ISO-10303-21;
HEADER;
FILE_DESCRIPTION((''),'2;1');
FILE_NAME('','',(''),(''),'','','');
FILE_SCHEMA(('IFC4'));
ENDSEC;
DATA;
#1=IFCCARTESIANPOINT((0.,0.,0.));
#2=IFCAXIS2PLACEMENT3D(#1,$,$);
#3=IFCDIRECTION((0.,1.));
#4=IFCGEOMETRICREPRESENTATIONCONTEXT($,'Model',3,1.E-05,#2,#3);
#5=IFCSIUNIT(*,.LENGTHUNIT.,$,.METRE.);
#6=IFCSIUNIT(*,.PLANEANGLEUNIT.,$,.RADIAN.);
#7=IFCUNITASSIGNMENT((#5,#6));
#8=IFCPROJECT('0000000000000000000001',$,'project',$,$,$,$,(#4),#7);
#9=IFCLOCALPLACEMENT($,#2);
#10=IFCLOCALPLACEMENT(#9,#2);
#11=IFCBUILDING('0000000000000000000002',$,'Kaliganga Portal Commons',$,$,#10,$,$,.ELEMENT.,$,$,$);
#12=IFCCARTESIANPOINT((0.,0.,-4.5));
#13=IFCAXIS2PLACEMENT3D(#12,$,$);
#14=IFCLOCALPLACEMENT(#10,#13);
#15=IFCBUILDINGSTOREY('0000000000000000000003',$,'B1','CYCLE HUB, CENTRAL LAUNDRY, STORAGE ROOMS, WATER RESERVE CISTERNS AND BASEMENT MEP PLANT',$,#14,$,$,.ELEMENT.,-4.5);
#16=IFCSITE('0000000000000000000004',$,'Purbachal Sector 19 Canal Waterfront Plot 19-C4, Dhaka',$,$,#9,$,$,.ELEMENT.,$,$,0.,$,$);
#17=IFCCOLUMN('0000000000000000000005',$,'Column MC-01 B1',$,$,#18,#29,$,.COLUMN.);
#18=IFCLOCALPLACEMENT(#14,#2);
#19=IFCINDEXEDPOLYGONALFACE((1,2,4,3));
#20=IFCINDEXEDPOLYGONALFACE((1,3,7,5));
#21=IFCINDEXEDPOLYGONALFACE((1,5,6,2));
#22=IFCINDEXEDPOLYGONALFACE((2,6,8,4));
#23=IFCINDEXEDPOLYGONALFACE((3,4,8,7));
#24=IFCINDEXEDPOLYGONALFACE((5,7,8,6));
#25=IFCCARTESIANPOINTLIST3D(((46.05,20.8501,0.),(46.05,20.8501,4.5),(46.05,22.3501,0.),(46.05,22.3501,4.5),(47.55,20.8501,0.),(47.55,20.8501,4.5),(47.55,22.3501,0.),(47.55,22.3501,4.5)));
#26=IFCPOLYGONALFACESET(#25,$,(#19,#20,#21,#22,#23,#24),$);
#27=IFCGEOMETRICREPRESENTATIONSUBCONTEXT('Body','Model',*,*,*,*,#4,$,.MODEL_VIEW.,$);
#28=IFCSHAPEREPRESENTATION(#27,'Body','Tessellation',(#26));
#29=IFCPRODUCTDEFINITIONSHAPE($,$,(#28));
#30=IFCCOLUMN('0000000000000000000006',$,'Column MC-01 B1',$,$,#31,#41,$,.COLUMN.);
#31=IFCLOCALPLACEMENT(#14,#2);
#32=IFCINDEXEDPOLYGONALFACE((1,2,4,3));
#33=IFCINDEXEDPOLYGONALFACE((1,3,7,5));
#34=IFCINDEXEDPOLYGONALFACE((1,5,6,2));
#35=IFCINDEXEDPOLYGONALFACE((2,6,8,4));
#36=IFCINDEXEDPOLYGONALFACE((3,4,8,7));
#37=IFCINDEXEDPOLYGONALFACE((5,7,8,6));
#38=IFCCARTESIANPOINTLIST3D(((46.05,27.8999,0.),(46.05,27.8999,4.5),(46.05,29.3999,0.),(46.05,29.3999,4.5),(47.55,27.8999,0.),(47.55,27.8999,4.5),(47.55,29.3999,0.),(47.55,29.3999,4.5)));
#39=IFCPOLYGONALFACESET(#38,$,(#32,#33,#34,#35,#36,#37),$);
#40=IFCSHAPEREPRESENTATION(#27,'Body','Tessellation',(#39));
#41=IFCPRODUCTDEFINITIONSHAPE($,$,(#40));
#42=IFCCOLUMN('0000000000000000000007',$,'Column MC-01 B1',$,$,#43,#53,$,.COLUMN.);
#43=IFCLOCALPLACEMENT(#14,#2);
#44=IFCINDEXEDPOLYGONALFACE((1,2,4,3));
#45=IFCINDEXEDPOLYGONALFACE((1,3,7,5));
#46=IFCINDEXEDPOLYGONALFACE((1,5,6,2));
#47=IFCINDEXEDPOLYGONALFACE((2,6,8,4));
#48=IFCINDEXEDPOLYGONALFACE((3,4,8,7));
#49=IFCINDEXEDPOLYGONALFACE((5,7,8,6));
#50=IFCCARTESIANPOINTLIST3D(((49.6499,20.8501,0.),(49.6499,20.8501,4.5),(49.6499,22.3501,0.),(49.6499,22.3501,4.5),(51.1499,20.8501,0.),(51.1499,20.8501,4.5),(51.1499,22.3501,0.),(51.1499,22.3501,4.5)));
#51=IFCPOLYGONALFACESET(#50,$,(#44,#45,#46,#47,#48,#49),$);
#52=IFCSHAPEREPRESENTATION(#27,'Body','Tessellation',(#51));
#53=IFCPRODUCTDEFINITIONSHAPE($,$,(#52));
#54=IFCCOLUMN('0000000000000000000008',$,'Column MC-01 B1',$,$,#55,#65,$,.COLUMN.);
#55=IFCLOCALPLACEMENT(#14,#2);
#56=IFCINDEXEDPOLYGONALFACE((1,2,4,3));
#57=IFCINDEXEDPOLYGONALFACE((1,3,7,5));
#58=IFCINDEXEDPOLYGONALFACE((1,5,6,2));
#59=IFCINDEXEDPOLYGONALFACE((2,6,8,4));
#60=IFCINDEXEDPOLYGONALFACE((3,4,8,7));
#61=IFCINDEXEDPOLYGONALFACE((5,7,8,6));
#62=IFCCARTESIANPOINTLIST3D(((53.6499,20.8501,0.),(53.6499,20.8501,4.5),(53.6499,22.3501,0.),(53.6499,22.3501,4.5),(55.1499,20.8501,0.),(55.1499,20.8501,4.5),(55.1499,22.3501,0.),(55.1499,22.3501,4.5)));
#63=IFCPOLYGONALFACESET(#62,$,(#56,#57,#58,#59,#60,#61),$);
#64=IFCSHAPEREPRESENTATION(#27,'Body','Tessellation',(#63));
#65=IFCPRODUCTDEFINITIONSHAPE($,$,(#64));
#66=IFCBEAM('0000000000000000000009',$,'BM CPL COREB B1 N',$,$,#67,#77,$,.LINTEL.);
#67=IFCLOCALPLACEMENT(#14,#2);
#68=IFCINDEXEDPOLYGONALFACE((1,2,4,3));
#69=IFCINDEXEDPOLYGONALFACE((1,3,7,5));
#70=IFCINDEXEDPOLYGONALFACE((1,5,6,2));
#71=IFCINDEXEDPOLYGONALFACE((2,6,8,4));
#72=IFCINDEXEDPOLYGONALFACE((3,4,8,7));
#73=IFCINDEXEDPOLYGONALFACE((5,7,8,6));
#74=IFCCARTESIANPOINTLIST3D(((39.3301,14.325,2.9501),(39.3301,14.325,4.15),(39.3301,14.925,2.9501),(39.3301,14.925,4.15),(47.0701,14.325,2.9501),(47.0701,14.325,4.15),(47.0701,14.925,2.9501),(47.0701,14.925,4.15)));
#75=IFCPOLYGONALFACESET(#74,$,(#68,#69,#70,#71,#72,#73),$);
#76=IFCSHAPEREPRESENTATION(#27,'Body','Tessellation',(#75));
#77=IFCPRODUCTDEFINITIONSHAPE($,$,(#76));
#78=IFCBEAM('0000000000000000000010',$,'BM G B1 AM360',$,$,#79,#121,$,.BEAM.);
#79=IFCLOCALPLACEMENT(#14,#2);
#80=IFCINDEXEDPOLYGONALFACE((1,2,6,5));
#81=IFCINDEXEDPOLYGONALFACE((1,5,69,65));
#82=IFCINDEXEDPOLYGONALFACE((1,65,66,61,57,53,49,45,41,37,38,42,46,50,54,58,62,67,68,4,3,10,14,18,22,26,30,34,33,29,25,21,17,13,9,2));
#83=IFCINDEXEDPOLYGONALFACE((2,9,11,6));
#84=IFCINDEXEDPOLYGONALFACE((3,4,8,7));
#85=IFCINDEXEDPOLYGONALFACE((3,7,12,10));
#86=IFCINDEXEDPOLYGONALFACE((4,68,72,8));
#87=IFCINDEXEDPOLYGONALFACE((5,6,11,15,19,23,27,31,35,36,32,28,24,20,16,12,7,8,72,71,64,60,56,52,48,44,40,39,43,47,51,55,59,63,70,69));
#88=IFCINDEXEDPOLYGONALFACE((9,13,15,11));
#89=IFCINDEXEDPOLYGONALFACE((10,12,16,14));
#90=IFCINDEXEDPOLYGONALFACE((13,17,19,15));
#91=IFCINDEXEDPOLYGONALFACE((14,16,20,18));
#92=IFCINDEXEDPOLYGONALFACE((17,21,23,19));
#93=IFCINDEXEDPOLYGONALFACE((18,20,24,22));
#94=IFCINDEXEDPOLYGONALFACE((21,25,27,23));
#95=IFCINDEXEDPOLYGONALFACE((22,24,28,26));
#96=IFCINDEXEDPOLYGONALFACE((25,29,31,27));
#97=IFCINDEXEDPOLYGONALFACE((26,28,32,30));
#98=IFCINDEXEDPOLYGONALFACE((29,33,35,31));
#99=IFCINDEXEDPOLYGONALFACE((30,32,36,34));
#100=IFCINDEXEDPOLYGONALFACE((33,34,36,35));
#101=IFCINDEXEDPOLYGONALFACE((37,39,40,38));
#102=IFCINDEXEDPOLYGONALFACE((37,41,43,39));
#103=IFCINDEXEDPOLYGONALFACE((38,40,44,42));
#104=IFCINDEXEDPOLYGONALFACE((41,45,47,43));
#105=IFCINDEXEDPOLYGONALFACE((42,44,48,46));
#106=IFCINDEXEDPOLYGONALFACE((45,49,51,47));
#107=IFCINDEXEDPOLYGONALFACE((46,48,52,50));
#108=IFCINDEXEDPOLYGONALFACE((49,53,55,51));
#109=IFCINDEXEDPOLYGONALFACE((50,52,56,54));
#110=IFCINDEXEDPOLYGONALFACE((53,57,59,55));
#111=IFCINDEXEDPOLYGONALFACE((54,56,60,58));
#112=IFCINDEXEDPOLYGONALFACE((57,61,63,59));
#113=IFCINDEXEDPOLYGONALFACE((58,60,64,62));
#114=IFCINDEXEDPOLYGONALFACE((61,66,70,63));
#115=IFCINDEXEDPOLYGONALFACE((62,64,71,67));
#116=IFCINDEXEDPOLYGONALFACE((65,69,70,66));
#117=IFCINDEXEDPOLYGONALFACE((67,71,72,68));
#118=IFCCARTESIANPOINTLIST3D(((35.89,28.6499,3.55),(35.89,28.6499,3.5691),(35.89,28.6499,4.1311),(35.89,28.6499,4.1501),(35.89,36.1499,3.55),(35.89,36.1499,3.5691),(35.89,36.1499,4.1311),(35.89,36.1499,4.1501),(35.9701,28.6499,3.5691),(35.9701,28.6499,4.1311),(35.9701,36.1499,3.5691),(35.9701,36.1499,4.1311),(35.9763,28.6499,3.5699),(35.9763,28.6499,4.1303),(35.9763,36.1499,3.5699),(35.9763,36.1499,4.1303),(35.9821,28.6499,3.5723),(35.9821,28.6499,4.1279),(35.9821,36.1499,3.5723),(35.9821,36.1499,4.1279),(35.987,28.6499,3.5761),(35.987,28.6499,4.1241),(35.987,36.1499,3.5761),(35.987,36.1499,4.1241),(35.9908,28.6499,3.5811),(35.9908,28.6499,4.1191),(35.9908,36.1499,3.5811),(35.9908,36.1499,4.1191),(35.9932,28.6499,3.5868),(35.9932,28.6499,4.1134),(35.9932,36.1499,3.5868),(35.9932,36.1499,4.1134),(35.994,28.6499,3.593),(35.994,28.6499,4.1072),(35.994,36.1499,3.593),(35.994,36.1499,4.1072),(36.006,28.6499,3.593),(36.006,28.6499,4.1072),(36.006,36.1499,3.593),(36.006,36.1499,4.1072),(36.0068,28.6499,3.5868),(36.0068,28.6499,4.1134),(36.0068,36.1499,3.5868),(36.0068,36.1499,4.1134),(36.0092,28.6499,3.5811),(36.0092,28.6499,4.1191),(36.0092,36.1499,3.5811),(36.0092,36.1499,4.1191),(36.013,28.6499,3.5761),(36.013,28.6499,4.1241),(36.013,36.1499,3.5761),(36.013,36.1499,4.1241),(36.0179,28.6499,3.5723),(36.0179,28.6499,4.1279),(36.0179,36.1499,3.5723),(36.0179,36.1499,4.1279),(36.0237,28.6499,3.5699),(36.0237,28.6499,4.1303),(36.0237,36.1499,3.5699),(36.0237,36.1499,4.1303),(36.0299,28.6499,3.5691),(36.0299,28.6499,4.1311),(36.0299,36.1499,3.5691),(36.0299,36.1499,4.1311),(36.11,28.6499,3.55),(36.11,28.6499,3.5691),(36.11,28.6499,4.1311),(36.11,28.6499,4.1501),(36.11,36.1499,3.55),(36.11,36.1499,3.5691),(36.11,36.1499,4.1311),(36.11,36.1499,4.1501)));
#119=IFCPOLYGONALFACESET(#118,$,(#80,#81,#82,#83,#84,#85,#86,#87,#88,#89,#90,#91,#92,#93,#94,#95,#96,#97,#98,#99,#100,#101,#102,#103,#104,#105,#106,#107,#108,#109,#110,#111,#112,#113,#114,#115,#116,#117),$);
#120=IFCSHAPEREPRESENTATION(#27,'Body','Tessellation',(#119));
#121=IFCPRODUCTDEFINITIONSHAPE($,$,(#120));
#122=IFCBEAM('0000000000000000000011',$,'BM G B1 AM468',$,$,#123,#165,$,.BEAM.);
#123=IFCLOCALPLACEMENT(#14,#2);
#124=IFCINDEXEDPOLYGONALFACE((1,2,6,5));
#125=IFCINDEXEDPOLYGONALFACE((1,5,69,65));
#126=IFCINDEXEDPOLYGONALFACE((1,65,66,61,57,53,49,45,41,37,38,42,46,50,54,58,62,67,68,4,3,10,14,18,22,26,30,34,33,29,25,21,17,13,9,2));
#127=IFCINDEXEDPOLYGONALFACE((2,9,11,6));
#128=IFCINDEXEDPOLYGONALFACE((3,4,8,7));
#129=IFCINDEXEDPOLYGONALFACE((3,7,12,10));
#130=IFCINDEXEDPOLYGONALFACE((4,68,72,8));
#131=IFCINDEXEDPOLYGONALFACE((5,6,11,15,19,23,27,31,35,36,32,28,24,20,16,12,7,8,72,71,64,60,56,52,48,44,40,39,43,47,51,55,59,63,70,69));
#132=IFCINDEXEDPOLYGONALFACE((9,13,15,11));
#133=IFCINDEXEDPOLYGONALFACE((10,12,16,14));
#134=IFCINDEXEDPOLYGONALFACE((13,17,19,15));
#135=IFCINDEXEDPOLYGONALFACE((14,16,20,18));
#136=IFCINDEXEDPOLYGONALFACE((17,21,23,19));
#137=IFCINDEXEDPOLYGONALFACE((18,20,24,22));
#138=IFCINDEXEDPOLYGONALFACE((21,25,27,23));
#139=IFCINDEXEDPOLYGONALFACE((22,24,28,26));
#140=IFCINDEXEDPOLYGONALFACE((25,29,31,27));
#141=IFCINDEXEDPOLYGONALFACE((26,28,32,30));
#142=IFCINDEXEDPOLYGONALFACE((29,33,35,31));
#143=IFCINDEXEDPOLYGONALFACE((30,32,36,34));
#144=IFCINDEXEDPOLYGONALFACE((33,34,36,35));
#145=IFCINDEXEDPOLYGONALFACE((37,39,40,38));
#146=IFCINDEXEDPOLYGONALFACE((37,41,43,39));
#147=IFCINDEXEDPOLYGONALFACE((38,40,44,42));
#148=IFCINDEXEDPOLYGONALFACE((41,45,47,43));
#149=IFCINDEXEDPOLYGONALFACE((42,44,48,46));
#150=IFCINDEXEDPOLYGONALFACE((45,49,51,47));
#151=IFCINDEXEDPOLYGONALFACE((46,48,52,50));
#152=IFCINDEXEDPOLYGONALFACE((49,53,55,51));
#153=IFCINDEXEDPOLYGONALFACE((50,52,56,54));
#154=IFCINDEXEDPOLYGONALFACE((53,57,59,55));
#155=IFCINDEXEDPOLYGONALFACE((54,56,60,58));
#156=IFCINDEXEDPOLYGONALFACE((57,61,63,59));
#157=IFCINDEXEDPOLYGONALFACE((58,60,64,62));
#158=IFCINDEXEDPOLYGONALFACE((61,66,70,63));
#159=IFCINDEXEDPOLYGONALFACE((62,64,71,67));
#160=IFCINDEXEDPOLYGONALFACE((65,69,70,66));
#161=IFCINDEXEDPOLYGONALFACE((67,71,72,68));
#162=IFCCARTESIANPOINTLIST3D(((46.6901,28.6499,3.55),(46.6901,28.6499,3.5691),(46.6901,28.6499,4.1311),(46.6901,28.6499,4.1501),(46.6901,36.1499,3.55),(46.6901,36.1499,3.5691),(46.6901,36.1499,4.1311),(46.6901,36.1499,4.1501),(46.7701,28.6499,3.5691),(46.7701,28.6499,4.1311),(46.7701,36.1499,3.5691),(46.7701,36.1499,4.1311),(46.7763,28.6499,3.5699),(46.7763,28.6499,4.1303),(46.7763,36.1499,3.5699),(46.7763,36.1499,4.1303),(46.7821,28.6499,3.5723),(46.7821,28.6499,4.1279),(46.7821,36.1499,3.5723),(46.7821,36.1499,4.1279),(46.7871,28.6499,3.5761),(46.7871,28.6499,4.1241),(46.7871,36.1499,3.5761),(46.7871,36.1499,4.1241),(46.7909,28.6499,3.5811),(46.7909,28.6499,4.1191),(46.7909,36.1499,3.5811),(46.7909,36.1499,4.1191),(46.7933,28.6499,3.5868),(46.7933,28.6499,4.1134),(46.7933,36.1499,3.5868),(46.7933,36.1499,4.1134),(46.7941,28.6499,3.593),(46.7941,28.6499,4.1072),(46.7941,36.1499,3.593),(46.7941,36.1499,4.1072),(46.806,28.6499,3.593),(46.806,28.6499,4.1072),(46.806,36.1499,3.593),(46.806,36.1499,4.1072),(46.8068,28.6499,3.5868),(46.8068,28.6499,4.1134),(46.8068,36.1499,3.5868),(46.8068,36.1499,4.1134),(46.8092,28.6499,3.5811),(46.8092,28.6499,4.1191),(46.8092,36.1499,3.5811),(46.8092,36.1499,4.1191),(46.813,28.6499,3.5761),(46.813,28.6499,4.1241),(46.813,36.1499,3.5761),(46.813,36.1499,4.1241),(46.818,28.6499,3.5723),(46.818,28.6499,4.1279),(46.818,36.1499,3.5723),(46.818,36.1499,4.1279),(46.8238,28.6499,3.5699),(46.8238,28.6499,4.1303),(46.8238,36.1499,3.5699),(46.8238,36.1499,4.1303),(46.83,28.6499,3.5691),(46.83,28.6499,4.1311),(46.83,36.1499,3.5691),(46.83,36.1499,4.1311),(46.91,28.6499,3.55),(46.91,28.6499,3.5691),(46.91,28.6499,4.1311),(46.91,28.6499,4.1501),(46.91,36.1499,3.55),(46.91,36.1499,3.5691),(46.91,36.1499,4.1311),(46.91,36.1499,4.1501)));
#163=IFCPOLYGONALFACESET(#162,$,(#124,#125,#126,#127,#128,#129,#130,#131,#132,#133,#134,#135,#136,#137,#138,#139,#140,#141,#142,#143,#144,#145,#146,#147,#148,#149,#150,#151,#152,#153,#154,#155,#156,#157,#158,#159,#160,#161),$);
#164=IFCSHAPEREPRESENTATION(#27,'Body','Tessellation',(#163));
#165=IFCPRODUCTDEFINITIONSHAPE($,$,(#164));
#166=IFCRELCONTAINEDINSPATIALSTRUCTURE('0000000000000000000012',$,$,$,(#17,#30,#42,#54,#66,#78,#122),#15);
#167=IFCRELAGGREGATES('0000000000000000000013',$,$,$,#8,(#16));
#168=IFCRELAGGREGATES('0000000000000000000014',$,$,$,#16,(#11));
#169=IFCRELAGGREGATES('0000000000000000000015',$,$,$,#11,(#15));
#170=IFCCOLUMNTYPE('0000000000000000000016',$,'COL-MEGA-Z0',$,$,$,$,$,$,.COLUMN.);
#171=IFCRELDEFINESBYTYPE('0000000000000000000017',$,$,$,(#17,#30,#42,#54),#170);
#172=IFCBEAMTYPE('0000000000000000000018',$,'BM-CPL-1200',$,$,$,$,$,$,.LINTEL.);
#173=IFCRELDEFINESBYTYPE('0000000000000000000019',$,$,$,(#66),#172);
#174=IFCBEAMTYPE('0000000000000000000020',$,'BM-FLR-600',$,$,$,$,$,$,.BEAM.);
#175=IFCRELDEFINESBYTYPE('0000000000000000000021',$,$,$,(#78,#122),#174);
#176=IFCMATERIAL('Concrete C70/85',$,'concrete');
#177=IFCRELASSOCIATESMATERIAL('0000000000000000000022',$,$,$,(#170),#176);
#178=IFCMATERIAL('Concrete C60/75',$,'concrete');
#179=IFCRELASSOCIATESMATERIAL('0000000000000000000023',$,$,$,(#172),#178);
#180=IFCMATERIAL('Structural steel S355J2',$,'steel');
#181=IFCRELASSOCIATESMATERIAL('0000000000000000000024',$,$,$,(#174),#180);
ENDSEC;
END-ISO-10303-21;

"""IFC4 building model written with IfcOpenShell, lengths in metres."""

from ifc_helpers import new_model, si_unit, direction, frame, origin, origin_2d, place, context, subcontext, project, spatial, rectangle, i_section, extrude, source, transform, mapped, material, material_profile, profile_set, type_object, element, save


model = new_model("IFC4")

# Units and contexts
model_context = context("Model", 3, precision=1e-05, world=origin(), true_north=direction((0.0, 1.0)))
body_context = subcontext(model_context, "Body", "Model", "MODEL_VIEW")
ifc_project = project(units=[si_unit("LENGTHUNIT", "METRE"), si_unit("PLANEANGLEUNIT", "RADIAN")], contexts=[model_context])

# Site, building, storey
site_placement = place(None, origin())
site = spatial("IfcSite", under=ifc_project, at=site_placement, Name="Purbachal Sector 19 Canal Waterfront Plot 19-C4, Dhaka", CompositionType="ELEMENT", RefElevation=0.0)
building_placement = place(site_placement, origin())
building = spatial("IfcBuilding", under=site, at=building_placement, Name="Kaliganga Portal Commons", CompositionType="ELEMENT")
storey_placement = place(building_placement, frame((0.0, 0.0, -4.5)))
storey = spatial("IfcBuildingStorey", under=building, at=storey_placement, Name="B1", Description="CYCLE HUB, CENTRAL LAUNDRY, STORAGE ROOMS, WATER RESERVE CISTERNS AND BASEMENT MEP PLANT", CompositionType="ELEMENT", Elevation=-4.5)

# Columns
ifc_material_1 = material(Name="Concrete C70/85", Category="concrete")
ifc_material_profile_1 = material_profile(ifc_material_1, rectangle(XDim=1.5, YDim=1.5, at=origin_2d()), Name="RC 1500x1500")
ifc_profile_set_1 = profile_set([ifc_material_profile_1], Name="Concrete C70/85")
column_type = type_object("IfcColumnType", Name="COL-MEGA-Z0", PredefinedType="COLUMN", material=ifc_profile_set_1)
shared_shape_1 = source(origin(), body_context, "Body", "SweptSolid", [
    extrude(rectangle(XDim=1.5, YDim=1.5, at=origin_2d()), origin(), (0.0, 0.0, 1.0), 4.5),
])
for number, where, z_axis, x_axis, name in (
    (1, (46.8, 21.6001, 0.0), (0.0, 0.0, 1.0), (1.0, 0.0, 0.0), "Column MC-01 B1"),
    (2, (46.8, 28.6499, 0.0), (0.0, 0.0, 1.0), (1.0, 0.0, 0.0), "Column MC-01 B1"),
    (3, (50.3999, 21.6001, 0.0), (0.0, 0.0, 1.0), (1.0, 0.0, 0.0), "Column MC-01 B1"),
    (4, (54.3999, 21.6001, 0.0), (0.0, 0.0, 1.0), (1.0, 0.0, 0.0), "Column MC-01 B1"),
):
    element("IfcColumn", number, at=place(storey_placement, frame(where, z_axis=z_axis, x_axis=x_axis)), inside=storey, type_object=column_type, Name=name, PredefinedType="COLUMN", context=body_context, shape_type="MappedRepresentation", body=[
        mapped(shared_shape_1, transform((0.0, 0.0, 0.0), x_axis=(1.0, 0.0, 0.0), y_axis=(0.0, 1.0, 0.0), z_axis=(0.0, 0.0, 1.0), scale=1.0)),
    ])

# Beams
ifc_material_2 = material(Name="Concrete C60/75", Category="concrete")
ifc_material_profile_2 = material_profile(ifc_material_2, rectangle(XDim=0.6001, YDim=1.2, at=origin_2d()), Name="RC 600x1200")
ifc_profile_set_2 = profile_set([ifc_material_profile_2], Name="Concrete C60/75")
beam_type_1 = type_object("IfcBeamType", Name="BM-CPL-1200", PredefinedType="LINTEL", material=ifc_profile_set_2)
shared_shape_2 = source(origin(), body_context, "Body", "SweptSolid", [
    extrude(rectangle(XDim=0.6001, YDim=1.2, at=origin_2d()), origin(), (0.0, 0.0, 1.0), 7.74),
])
beam_1_placement = place(storey_placement, frame((39.3301, 14.625, 3.55), z_axis=(1.0, 0.0, 0.0), x_axis=(0.0, 1.0, 0.0)))
element("IfcBeam", 5, at=beam_1_placement, inside=storey, type_object=beam_type_1, Name="BM CPL COREB B1 N", PredefinedType="LINTEL", context=body_context, shape_type="MappedRepresentation", body=[
    mapped(shared_shape_2, transform((0.0, 0.0, 0.0), x_axis=(1.0, 0.0, 0.0), y_axis=(0.0, 1.0, 0.0), z_axis=(0.0, 0.0, 1.0), scale=1.0)),
])
ifc_material_3 = material(Name="Structural steel S355J2", Category="steel")
ifc_material_profile_3 = material_profile(ifc_material_3, i_section(OverallWidth=0.22, OverallDepth=0.6001, WebThickness=0.012, FlangeThickness=0.019, FilletRadius=0.0239, at=origin_2d()), Name="IPE 600")
ifc_profile_set_3 = profile_set([ifc_material_profile_3], Name="Structural steel S355J2 wide-flange")
beam_type_2 = type_object("IfcBeamType", Name="BM-FLR-600", PredefinedType="BEAM", material=ifc_profile_set_3)
shared_shape_3 = source(origin(), body_context, "Body", "SweptSolid", [
    extrude(i_section(OverallWidth=0.22, OverallDepth=0.6001, WebThickness=0.012, FlangeThickness=0.019, FilletRadius=0.0239, at=origin_2d()), origin(), (0.0, 0.0, 1.0), 7.5),
])
for number, where, z_axis, x_axis, name in (
    (6, (36.0, 28.6499, 3.8501), (0.0, 1.0, 0.0), (-1.0, 0.0, 0.0), "BM G B1 AM360"),
    (7, (46.8, 28.6499, 3.8501), (0.0, 1.0, 0.0), (-1.0, 0.0, 0.0), "BM G B1 AM468"),
):
    element("IfcBeam", number, at=place(storey_placement, frame(where, z_axis=z_axis, x_axis=x_axis)), inside=storey, type_object=beam_type_2, Name=name, PredefinedType="BEAM", context=body_context, shape_type="MappedRepresentation", body=[
        mapped(shared_shape_3, transform((0.0, 0.0, 0.0), x_axis=(1.0, 0.0, 0.0), y_axis=(0.0, 1.0, 0.0), z_axis=(0.0, 0.0, 1.0), scale=1.0)),
    ])

save(model, "model.ifc")
